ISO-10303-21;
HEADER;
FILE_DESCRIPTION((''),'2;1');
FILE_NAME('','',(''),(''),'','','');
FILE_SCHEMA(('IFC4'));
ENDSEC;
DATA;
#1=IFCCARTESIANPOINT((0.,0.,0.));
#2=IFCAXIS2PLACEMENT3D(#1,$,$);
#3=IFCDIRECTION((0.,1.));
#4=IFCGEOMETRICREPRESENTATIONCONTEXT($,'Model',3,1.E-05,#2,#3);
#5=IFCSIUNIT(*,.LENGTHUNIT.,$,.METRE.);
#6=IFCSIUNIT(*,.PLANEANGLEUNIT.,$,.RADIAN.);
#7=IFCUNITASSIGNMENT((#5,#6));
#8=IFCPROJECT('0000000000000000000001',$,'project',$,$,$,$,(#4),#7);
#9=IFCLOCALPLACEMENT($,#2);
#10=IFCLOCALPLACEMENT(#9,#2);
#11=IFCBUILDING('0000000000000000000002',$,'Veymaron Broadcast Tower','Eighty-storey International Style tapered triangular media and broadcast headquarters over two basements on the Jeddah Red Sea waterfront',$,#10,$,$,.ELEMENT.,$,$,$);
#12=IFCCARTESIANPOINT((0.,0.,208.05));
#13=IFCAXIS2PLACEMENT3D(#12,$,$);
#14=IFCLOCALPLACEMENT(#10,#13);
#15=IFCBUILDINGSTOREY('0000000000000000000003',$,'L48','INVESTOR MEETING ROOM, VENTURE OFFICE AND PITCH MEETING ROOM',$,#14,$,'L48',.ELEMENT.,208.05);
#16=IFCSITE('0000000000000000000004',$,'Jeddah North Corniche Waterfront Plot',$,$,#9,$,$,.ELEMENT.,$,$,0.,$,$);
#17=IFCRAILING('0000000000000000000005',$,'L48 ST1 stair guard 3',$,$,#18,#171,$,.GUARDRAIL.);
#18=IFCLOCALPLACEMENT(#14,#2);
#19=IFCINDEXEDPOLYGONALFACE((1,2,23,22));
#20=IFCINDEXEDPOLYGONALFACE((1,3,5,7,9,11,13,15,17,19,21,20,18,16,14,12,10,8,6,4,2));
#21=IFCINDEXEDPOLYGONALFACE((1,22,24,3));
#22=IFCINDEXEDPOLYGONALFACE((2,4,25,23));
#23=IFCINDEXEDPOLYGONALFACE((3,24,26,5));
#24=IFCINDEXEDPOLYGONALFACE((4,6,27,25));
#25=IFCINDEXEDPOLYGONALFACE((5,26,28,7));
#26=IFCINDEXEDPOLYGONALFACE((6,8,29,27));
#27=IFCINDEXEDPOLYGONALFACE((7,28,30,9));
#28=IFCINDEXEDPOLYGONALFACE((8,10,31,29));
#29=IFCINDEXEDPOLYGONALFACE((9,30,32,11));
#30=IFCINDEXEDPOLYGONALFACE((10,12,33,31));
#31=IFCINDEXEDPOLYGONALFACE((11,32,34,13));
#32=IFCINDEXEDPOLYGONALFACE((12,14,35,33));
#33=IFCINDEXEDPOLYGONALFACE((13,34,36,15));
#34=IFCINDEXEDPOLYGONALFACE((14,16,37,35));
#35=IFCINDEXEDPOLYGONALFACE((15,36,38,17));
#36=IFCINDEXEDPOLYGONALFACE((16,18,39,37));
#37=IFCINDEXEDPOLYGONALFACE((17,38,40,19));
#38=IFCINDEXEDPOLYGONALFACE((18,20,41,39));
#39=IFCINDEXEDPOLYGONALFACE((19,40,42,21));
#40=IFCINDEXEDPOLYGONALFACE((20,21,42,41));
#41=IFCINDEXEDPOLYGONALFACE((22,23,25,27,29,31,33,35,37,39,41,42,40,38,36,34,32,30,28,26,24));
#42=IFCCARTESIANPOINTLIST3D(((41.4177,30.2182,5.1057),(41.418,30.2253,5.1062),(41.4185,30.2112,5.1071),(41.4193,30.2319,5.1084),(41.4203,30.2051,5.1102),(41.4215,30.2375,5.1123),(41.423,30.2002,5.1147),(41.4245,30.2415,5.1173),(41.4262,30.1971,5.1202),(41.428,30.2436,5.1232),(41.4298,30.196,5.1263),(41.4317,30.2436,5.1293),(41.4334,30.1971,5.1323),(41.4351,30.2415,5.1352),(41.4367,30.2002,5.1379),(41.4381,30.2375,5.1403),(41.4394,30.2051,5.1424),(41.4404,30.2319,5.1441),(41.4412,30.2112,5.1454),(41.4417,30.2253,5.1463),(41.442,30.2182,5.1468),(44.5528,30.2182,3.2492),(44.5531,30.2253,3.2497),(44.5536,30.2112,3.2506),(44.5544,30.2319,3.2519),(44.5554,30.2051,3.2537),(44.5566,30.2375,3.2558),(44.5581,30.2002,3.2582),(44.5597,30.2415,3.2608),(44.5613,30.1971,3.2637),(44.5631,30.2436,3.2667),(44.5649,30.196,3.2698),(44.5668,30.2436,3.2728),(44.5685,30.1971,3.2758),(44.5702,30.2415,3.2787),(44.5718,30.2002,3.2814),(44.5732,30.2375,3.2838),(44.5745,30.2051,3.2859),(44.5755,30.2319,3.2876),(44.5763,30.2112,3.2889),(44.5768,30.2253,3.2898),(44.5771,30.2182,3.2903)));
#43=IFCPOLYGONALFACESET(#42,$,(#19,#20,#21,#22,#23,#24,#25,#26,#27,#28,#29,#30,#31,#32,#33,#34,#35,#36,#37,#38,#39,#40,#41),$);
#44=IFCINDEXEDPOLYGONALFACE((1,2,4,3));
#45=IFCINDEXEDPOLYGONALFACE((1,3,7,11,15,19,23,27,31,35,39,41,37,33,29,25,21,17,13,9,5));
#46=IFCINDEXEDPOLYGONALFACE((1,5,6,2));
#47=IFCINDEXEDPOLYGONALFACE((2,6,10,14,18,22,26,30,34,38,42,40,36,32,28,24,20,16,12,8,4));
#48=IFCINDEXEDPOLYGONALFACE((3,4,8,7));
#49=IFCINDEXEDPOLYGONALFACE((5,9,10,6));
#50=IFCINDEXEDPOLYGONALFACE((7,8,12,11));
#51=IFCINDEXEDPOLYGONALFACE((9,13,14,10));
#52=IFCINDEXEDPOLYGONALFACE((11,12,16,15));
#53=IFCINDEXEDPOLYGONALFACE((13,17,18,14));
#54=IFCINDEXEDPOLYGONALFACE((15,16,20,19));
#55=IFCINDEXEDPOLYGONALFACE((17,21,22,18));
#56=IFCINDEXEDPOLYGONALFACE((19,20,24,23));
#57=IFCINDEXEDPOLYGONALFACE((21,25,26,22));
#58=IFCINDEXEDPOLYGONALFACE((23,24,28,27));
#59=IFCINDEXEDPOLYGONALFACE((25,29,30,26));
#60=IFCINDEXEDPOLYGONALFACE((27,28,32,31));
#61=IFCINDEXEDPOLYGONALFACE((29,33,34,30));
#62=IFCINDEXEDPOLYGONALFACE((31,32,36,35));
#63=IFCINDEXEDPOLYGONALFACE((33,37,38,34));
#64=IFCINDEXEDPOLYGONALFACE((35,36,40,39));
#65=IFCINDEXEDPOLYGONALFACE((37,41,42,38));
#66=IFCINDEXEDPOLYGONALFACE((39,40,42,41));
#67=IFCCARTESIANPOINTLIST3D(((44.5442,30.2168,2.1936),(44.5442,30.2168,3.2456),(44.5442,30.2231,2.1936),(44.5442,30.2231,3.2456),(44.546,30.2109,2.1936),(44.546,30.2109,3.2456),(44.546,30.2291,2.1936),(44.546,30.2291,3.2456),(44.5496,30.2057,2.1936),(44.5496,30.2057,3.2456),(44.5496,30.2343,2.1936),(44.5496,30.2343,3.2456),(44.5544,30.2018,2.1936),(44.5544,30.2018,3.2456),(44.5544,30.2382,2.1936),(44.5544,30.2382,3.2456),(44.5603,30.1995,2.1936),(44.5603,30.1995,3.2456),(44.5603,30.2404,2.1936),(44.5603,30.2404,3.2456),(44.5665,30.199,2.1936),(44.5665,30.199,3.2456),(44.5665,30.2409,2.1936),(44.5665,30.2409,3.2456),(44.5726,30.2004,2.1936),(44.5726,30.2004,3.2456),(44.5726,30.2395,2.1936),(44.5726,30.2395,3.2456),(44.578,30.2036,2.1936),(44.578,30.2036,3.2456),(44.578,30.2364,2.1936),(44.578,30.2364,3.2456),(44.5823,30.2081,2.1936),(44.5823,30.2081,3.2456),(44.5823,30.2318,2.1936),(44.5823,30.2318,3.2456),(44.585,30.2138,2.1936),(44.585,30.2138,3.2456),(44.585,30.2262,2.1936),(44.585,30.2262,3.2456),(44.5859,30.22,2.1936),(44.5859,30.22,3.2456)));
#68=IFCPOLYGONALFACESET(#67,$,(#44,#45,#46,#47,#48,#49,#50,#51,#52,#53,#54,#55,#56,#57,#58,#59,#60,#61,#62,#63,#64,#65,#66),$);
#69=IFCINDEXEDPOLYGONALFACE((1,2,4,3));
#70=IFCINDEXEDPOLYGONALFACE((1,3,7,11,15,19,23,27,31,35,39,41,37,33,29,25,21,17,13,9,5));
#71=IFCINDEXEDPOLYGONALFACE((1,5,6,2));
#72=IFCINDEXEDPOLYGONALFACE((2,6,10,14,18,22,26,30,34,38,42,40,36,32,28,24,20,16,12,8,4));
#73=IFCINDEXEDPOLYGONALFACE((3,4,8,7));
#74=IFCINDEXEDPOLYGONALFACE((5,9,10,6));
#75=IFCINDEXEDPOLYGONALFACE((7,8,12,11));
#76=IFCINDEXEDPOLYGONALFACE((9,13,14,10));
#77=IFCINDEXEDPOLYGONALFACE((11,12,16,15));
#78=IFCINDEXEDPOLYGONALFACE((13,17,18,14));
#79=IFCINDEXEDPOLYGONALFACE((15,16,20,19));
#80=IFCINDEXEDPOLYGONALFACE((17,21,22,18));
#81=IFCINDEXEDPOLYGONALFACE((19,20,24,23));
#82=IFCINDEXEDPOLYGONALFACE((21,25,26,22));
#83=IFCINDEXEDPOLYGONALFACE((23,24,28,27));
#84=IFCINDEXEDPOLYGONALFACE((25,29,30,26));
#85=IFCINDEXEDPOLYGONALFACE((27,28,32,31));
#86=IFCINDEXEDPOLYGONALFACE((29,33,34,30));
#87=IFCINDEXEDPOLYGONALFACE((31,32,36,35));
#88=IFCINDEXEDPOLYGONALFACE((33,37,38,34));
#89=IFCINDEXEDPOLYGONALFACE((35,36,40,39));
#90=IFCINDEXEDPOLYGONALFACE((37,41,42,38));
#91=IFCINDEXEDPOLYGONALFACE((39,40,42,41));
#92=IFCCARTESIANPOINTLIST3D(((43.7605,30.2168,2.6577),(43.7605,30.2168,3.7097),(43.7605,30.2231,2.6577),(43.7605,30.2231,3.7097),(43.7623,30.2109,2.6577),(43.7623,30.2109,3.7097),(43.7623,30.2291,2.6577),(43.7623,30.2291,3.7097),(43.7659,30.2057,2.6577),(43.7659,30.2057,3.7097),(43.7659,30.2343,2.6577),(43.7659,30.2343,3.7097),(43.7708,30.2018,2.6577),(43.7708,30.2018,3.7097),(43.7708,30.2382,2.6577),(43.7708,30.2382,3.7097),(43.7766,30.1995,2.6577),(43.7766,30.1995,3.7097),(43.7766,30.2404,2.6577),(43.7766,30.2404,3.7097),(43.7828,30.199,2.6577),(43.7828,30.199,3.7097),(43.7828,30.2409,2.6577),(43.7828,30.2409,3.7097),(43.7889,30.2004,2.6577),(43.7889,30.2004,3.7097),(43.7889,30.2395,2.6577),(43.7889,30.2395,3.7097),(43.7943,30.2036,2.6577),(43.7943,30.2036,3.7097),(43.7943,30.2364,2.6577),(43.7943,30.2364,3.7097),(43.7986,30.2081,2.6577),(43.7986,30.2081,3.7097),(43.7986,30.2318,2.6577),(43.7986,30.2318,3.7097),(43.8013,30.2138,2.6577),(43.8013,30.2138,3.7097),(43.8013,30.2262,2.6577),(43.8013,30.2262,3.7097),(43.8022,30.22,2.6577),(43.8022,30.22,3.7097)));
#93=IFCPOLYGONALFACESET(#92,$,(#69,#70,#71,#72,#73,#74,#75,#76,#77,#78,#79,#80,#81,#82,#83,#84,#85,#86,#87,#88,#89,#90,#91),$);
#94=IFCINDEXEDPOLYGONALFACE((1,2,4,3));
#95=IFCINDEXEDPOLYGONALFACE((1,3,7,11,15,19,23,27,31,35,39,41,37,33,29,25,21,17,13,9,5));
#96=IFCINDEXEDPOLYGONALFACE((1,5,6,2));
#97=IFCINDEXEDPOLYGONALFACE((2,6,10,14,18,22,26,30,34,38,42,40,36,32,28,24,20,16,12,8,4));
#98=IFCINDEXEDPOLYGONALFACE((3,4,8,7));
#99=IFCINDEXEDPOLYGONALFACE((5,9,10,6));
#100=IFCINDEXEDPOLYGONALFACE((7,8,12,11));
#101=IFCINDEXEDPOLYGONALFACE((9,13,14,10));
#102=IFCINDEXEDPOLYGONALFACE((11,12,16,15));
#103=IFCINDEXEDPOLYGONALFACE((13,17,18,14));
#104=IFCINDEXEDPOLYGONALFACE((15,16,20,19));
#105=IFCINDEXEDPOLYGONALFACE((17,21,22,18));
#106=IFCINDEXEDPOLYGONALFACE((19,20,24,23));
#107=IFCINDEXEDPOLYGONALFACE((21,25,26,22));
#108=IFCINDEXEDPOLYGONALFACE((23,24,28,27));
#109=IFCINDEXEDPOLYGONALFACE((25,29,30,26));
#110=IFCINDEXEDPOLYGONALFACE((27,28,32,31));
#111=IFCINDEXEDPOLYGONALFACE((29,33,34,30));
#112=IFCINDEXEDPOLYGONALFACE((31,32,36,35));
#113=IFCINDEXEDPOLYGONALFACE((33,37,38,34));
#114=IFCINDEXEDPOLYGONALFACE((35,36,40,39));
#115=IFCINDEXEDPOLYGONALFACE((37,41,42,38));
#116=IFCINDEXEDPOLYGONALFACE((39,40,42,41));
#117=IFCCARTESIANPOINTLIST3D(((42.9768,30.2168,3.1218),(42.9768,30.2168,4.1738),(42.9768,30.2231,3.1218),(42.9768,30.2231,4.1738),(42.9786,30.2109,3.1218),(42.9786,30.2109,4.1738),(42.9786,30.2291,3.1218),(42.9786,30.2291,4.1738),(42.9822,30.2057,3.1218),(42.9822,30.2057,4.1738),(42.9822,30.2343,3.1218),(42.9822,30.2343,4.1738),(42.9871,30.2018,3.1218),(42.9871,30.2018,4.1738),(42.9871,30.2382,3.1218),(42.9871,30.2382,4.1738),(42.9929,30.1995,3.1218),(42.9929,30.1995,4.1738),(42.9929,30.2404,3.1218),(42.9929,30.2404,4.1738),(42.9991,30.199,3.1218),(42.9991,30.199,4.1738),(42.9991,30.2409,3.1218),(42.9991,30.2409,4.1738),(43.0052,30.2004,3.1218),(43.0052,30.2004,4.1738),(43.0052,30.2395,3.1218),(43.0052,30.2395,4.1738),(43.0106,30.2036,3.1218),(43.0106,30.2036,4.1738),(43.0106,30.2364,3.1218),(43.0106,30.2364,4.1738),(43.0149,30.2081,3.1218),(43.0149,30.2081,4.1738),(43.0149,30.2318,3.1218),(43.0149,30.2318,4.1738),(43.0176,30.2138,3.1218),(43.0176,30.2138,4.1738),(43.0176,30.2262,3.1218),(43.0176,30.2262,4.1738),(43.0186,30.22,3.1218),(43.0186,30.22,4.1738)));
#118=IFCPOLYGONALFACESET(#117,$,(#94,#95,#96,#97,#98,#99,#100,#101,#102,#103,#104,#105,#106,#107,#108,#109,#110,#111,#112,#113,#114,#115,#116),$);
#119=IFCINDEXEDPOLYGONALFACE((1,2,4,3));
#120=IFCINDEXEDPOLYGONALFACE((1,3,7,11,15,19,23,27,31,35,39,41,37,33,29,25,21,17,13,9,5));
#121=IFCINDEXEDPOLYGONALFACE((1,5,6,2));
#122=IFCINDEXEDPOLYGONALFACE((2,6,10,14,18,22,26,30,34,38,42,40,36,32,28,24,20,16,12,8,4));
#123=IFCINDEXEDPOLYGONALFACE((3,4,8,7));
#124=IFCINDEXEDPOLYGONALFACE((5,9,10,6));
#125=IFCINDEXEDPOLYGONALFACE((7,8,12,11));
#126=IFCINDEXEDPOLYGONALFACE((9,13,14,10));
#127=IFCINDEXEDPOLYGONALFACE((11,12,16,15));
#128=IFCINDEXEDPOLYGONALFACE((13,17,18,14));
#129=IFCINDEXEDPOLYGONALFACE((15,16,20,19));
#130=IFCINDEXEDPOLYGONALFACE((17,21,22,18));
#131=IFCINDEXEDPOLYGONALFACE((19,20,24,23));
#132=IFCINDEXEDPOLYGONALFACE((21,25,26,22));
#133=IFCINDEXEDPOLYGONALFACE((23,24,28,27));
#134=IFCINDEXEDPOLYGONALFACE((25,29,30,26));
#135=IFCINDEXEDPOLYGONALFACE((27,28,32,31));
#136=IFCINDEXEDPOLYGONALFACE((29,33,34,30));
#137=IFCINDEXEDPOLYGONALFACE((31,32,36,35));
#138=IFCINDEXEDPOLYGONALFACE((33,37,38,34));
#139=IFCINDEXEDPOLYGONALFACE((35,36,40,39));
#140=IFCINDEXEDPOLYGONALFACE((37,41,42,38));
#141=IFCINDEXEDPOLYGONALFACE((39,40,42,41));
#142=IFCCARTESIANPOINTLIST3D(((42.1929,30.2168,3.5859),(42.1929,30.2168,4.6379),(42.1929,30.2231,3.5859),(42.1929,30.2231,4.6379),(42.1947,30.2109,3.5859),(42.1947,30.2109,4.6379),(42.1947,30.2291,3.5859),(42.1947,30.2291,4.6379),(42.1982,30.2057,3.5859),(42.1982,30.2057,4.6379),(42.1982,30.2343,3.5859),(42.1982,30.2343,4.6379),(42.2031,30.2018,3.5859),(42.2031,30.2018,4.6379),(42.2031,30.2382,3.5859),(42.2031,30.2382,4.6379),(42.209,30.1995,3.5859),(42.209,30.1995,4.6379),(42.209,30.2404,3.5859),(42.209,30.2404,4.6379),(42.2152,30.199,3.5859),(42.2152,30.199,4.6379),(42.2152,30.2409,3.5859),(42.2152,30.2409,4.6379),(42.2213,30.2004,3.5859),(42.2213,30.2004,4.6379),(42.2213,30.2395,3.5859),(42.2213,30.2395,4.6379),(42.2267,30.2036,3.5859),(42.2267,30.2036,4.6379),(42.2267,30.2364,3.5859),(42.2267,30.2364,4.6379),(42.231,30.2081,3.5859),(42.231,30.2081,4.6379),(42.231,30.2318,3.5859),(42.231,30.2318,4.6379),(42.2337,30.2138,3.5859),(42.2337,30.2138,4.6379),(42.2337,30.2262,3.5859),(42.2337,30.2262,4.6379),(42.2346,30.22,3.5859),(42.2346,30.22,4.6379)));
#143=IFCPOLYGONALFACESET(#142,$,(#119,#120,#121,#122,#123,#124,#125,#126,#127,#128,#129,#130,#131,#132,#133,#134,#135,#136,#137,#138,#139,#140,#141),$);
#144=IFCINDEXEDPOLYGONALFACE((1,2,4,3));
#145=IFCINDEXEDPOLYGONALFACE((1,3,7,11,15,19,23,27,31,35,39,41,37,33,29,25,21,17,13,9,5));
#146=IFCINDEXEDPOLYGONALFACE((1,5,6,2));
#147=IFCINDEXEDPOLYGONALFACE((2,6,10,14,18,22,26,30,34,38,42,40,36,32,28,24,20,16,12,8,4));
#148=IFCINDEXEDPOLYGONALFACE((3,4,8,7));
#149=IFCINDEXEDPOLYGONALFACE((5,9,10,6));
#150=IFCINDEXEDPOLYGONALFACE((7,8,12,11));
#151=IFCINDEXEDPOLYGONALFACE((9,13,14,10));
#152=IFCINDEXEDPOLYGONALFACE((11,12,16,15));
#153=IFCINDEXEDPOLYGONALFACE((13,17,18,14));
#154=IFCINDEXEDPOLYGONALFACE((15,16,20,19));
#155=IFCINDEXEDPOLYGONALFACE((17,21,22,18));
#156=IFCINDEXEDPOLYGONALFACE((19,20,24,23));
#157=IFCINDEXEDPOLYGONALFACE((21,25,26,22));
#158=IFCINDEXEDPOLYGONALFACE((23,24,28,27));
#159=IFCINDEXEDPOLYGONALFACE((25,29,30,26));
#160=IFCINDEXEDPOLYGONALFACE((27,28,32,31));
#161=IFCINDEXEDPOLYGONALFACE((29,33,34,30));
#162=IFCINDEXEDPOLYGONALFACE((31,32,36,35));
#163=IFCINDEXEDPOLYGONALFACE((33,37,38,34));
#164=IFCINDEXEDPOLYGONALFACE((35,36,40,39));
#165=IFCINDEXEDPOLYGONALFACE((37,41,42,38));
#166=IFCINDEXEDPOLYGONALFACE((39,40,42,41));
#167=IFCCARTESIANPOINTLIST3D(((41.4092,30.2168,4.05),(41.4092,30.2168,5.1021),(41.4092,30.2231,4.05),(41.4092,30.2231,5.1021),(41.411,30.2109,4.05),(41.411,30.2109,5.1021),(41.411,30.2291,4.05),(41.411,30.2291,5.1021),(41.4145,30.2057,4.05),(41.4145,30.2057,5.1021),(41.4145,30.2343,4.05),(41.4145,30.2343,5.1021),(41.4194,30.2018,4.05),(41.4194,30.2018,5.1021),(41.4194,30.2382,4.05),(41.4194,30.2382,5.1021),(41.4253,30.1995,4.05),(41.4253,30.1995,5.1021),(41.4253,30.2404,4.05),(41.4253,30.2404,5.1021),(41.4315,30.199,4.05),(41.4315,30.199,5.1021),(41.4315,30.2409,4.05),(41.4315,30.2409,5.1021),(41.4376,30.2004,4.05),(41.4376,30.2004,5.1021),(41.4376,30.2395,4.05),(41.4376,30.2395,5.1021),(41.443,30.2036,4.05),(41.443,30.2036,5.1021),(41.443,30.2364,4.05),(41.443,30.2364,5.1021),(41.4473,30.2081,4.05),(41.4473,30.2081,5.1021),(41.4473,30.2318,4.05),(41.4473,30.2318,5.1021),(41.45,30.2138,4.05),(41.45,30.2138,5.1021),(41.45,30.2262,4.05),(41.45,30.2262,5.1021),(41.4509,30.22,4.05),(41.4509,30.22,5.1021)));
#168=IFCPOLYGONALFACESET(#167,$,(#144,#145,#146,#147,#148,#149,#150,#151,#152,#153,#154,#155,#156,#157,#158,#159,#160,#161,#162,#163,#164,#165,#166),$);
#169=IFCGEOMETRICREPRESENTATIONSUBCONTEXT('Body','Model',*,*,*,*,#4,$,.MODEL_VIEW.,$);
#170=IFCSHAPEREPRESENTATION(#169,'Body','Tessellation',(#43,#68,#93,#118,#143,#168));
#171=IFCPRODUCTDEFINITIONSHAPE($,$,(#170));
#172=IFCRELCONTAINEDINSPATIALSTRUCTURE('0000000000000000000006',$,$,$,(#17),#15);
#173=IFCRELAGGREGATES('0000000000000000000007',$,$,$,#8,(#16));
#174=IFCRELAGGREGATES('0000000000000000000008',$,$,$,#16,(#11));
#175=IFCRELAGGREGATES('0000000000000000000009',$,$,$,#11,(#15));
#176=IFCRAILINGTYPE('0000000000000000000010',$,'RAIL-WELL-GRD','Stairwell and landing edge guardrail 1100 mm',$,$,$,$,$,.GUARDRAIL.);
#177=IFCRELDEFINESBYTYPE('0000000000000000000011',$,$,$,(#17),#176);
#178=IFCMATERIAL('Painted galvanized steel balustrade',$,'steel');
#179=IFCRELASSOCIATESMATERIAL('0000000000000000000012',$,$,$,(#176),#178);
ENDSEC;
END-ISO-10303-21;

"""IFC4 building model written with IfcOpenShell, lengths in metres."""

from ifc_helpers import new_model, si_unit, direction, frame, origin, origin_2d, place, context, subcontext, project, spatial, circle, extrude, material, type_object, element, save


model = new_model("IFC4")

# Units and contexts
model_context = context("Model", 3, precision=1e-05, world=origin(), true_north=direction((0.0, 1.0)))
body_context = subcontext(model_context, "Body", "Model", "MODEL_VIEW")
ifc_project = project(units=[si_unit("LENGTHUNIT", "METRE"), si_unit("PLANEANGLEUNIT", "RADIAN")], contexts=[model_context])

# Site, building, storey
site_placement = place(None, origin())
site = spatial("IfcSite", under=ifc_project, at=site_placement, Name="Jeddah North Corniche Waterfront Plot", CompositionType="ELEMENT", RefElevation=0.0)
building_placement = place(site_placement, origin())
building = spatial("IfcBuilding", under=site, at=building_placement, Name="Veymaron Broadcast Tower", Description="Eighty-storey International Style tapered triangular media and broadcast headquarters over two basements on the Jeddah Red Sea waterfront", CompositionType="ELEMENT")
storey_placement = place(building_placement, frame((0.0, 0.0, 208.05)))
storey = spatial("IfcBuildingStorey", under=building, at=storey_placement, Name="L48", Description="INVESTOR MEETING ROOM, VENTURE OFFICE AND PITCH MEETING ROOM", LongName="L48", CompositionType="ELEMENT", Elevation=208.05)

# Railing
ifc_material_1 = material(Name="Painted galvanized steel balustrade", Category="steel")
railing_type_1 = type_object("IfcRailingType", Name="RAIL-WELL-GRD", Description="Stairwell and landing edge guardrail 1100 mm", PredefinedType="GUARDRAIL", material=ifc_material_1)
railing_1_placement = place(storey_placement, frame((44.5649, 30.22, 2.1936)))
element("IfcRailing", 1, at=railing_1_placement, inside=storey, type_object=railing_type_1, Name="L48 ST1 stair guard 3", PredefinedType="GUARDRAIL", context=body_context, shape_type="SweptSolid", body=[
    extrude(circle(Radius=0.0239, at=origin_2d()), frame((0.0, 0.0, 1.0762), z_axis=(-0.860453, 0.0, 0.509531), x_axis=(0.0, -1.0, 0.0)), (0.0, 0.0, 1.0), 3.6436),
    extrude(circle(Radius=0.021, at=origin_2d()), origin(), (0.0, 0.0, 1.0), 1.052),
    extrude(circle(Radius=0.021, at=origin_2d()), frame((-0.7837, 0.0, 0.4641)), (0.0, 0.0, 1.0), 1.052),
    extrude(circle(Radius=0.021, at=origin_2d()), frame((-1.5674, 0.0, 0.9282)), (0.0, 0.0, 1.0), 1.052),
    extrude(circle(Radius=0.021, at=origin_2d()), frame((-2.3513, 0.0, 1.3923)), (0.0, 0.0, 1.0), 1.052),
    extrude(circle(Radius=0.021, at=origin_2d()), frame((-3.135, 0.0, 1.8564)), (0.0, 0.0, 1.0), 1.052),
])

save(model, "model.ifc")
